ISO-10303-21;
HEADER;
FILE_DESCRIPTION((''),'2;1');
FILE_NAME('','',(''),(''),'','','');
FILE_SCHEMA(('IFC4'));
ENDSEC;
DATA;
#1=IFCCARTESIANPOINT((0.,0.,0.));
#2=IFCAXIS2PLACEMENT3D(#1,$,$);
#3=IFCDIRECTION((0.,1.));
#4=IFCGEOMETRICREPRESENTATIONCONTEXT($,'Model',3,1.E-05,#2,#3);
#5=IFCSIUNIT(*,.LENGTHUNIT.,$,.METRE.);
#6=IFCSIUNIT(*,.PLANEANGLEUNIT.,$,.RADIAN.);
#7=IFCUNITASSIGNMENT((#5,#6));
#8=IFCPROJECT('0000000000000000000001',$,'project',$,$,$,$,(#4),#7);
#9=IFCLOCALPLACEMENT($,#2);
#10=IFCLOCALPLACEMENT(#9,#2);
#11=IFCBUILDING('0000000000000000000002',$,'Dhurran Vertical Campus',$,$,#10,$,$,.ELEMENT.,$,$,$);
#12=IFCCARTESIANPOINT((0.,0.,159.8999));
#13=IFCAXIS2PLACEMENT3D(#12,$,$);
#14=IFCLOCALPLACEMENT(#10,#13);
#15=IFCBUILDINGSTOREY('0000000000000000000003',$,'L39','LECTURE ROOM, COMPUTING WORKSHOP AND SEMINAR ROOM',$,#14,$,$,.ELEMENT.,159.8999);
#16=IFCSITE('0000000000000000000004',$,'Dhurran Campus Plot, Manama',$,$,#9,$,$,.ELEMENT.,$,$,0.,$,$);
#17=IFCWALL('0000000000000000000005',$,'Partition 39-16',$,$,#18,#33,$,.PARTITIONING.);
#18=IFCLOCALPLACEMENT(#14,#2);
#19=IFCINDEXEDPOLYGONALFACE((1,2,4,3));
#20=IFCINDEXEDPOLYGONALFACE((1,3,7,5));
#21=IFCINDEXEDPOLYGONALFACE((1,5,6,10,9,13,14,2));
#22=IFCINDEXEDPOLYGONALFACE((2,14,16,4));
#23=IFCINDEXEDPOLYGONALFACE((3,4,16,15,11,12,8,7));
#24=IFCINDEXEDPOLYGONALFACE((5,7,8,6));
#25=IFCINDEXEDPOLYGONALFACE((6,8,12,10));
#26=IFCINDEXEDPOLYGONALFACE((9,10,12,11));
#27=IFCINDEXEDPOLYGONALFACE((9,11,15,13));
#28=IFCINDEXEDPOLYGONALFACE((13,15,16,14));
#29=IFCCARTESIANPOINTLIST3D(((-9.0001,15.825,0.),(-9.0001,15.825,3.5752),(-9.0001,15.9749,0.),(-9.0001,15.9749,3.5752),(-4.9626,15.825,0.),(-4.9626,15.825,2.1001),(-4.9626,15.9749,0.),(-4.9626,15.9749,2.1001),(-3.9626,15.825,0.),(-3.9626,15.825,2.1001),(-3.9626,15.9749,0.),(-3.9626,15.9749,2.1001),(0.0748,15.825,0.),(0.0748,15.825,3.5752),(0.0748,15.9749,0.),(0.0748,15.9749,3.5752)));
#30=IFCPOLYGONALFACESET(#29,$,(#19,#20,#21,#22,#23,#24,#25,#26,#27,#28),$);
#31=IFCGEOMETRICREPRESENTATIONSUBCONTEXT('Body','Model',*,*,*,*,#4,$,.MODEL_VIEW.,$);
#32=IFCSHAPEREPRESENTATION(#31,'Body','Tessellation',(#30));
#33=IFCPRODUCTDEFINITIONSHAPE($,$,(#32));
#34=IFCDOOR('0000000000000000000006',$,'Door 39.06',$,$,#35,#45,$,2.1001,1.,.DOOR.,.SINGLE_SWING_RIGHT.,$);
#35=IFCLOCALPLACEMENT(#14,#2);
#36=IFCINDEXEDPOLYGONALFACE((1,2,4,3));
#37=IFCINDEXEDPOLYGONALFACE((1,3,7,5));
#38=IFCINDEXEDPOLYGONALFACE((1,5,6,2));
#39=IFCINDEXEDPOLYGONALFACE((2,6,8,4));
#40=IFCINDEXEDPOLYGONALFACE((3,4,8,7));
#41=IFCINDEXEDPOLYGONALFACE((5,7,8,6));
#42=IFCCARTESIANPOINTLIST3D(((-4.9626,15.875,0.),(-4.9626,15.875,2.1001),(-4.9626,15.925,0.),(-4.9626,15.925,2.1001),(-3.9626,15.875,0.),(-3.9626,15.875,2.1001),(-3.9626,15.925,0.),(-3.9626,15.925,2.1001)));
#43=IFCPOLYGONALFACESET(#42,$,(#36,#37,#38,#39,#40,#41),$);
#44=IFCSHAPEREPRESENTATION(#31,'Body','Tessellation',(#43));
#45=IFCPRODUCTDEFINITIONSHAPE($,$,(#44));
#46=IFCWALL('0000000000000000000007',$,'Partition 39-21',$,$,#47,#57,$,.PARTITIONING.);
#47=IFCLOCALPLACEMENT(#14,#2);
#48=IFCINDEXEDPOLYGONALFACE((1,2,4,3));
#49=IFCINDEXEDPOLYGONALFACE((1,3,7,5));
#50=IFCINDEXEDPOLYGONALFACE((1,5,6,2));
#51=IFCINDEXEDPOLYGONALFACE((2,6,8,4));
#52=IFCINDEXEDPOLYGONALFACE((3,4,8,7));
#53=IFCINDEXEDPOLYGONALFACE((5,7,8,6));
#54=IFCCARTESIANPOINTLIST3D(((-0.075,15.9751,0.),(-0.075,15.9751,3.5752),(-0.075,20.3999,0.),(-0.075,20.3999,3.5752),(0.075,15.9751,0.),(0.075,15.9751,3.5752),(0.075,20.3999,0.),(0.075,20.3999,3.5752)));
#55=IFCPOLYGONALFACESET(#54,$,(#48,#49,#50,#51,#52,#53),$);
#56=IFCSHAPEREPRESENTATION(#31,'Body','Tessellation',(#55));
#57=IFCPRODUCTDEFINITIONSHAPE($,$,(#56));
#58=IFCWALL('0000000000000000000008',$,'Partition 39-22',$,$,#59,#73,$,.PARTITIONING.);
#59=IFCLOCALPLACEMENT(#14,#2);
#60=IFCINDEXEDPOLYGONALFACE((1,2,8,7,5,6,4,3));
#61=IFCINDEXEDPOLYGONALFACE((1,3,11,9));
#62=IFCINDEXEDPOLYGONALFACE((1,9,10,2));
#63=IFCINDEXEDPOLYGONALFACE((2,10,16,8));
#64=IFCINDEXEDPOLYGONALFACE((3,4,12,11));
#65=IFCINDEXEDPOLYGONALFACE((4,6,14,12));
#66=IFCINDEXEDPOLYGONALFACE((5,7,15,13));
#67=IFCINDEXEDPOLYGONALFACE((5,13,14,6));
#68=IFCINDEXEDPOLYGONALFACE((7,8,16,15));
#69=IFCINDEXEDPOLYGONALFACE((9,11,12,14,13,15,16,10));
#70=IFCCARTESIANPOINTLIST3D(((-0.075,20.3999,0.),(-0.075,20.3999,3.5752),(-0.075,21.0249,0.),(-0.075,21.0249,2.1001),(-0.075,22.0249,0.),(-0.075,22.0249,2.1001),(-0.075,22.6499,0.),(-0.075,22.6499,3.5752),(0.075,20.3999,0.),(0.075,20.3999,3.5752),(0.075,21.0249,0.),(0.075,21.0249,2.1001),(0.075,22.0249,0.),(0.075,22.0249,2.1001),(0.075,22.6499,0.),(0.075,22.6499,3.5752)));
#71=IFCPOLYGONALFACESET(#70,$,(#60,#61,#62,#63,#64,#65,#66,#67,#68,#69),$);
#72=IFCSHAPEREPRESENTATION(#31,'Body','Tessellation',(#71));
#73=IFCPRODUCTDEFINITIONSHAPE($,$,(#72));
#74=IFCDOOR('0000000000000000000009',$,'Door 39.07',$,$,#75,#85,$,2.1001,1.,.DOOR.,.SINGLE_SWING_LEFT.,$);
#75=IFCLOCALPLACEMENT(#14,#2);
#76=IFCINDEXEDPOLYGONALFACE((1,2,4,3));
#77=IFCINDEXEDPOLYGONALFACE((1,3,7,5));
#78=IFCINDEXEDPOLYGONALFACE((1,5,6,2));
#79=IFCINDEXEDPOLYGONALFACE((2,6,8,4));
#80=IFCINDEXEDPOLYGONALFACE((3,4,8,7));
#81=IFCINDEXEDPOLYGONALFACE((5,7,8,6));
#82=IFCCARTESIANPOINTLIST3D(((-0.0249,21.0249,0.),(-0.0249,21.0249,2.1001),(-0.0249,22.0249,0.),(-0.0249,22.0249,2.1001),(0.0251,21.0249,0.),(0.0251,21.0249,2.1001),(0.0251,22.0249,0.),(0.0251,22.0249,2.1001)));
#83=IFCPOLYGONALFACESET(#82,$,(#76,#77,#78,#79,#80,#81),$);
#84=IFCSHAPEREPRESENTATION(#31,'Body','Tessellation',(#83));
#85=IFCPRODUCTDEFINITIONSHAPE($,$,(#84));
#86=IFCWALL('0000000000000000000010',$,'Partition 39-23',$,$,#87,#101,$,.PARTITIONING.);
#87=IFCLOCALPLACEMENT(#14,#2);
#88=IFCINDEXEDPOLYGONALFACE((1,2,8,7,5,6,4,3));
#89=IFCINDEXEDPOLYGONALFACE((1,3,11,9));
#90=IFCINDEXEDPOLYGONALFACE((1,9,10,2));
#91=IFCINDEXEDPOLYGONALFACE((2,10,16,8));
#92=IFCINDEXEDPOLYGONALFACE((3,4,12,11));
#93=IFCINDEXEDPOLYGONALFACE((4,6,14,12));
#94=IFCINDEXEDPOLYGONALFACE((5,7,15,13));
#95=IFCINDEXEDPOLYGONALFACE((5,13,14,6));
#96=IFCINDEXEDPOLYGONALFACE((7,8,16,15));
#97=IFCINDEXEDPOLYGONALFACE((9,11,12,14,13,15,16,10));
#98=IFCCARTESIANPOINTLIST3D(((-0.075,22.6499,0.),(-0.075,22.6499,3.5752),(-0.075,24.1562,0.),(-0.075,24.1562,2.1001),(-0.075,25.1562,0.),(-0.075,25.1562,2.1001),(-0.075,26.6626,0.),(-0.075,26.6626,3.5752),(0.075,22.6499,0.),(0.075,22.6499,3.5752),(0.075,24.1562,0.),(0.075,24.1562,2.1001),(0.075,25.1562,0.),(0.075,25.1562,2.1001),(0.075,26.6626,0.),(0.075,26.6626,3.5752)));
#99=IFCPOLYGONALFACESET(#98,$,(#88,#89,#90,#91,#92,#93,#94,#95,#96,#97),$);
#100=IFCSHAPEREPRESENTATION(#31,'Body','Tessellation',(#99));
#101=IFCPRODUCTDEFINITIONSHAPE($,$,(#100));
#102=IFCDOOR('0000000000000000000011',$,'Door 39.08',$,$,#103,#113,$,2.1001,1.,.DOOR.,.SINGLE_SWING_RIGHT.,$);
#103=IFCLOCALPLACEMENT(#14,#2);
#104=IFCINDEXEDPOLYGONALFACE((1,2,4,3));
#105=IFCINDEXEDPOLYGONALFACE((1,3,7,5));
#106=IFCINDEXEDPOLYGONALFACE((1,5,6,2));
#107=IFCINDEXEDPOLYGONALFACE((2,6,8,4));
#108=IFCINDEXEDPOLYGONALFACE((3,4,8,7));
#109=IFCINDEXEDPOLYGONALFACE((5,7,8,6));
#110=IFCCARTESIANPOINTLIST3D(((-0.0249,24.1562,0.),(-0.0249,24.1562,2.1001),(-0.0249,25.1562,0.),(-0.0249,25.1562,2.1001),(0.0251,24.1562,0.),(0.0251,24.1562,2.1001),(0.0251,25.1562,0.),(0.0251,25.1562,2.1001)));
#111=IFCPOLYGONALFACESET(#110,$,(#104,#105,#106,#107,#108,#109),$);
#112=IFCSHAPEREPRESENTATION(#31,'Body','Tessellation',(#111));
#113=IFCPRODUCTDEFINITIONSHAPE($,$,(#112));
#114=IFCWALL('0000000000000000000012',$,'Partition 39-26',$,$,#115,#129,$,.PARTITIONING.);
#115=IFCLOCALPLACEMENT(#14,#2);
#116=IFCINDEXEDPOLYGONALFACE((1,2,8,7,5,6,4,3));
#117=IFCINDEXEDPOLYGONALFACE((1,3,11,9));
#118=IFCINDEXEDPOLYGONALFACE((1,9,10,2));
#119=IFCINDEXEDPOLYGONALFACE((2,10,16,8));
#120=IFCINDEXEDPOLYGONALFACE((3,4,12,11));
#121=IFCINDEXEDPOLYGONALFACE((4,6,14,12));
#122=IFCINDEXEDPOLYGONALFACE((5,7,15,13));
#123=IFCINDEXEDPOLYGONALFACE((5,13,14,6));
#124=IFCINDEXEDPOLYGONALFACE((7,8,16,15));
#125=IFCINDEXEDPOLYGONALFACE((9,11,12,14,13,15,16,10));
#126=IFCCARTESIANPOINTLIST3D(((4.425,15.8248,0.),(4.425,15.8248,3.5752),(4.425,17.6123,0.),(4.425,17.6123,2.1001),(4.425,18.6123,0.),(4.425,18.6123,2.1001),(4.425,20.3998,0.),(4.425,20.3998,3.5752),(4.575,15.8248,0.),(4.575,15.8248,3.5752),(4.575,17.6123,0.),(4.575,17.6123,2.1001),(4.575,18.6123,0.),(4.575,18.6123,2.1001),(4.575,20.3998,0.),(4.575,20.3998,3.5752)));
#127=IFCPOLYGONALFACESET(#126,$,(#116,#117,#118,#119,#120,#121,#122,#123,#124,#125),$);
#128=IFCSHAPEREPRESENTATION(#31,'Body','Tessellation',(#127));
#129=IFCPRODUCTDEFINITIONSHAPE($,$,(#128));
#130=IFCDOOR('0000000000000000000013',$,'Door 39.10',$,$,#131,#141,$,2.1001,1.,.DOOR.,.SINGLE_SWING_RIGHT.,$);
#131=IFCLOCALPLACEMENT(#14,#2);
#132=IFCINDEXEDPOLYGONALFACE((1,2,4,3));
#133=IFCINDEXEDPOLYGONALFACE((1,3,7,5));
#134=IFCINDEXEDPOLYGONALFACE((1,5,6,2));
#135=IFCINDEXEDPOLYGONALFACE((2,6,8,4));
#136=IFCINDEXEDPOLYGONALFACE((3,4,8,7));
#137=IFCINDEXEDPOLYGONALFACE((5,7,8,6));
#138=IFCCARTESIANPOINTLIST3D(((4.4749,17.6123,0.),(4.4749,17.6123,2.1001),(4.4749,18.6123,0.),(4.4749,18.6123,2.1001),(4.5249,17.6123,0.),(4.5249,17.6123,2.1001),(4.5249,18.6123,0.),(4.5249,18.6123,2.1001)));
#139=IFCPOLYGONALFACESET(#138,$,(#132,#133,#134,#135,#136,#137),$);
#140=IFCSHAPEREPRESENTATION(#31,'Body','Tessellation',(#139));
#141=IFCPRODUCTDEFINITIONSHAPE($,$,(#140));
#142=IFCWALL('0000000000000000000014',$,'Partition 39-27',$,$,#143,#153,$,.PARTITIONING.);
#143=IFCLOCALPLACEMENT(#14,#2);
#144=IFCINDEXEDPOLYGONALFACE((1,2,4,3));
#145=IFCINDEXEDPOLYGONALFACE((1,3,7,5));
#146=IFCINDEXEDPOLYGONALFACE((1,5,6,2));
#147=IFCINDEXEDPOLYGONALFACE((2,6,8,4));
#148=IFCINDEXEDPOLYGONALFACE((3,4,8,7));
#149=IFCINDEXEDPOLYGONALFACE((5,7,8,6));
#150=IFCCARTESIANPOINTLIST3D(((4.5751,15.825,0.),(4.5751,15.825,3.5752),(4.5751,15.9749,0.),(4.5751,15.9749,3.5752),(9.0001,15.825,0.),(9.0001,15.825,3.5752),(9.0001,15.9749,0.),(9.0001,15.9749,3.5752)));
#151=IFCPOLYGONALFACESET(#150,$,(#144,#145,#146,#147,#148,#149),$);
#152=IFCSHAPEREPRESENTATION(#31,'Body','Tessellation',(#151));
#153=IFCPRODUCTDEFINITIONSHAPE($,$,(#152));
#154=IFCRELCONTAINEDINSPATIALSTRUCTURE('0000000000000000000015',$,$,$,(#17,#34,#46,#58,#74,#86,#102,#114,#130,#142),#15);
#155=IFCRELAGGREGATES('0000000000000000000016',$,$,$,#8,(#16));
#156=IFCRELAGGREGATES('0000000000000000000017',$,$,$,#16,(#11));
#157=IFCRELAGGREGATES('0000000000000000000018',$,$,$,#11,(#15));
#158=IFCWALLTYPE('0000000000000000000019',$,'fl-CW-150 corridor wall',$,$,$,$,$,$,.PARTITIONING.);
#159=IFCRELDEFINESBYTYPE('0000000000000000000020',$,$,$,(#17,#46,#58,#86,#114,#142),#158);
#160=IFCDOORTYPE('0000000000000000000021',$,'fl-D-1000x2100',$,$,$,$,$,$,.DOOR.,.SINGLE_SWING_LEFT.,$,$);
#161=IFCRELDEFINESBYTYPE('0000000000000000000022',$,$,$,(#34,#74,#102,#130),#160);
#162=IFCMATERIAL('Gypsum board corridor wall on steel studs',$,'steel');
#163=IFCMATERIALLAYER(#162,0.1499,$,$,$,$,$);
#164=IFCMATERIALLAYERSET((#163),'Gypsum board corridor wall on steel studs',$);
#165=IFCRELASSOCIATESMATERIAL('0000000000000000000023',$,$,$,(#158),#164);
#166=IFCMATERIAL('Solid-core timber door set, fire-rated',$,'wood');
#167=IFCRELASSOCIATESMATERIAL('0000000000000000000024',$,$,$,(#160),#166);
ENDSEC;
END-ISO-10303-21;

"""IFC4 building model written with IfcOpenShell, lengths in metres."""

from ifc_helpers import new_model, si_unit, direction, frame, frame_2d, origin, place, context, subcontext, project, spatial, rectangle, extrude, material, layer, layer_set, type_object, element, fill, save


model = new_model("IFC4")

# Units and contexts
model_context = context("Model", 3, precision=1e-05, world=origin(), true_north=direction((0.0, 1.0)))
body_context = subcontext(model_context, "Body", "Model", "MODEL_VIEW")
ifc_project = project(units=[si_unit("LENGTHUNIT", "METRE"), si_unit("PLANEANGLEUNIT", "RADIAN")], contexts=[model_context])

# Site, building, storey
site_placement = place(None, origin())
site = spatial("IfcSite", under=ifc_project, at=site_placement, Name="Dhurran Campus Plot, Manama", CompositionType="ELEMENT", RefElevation=0.0)
building_placement = place(site_placement, origin())
building = spatial("IfcBuilding", under=site, at=building_placement, Name="Dhurran Vertical Campus", CompositionType="ELEMENT")
storey_placement = place(building_placement, frame((0.0, 0.0, 159.8999)))
storey = spatial("IfcBuildingStorey", under=building, at=storey_placement, Name="L39", Description="LECTURE ROOM, COMPUTING WORKSHOP AND SEMINAR ROOM", CompositionType="ELEMENT", Elevation=159.8999)

# Wall, opening, door
ifc_material_1 = material(Name="Gypsum board corridor wall on steel studs", Category="steel")
ifc_layer_1 = layer(ifc_material_1, 0.1499)
ifc_layer_set_1 = layer_set([ifc_layer_1], Name="Gypsum board corridor wall on steel studs")
wall_type_1 = type_object("IfcWallType", Name="fl-CW-150 corridor wall", PredefinedType="PARTITIONING", material=ifc_layer_set_1)
wall_1_placement = place(storey_placement, frame((0.075, 15.8999, 0.0), z_axis=(0.0, 0.0, 1.0), x_axis=(-1.0, 0.0, 0.0)))
wall_1 = element("IfcWall", 1, at=wall_1_placement, inside=storey, type_object=wall_type_1, Name="Partition 39-16", PredefinedType="PARTITIONING", context=body_context, shape_type="SweptSolid", body=[
    extrude(rectangle(XDim=9.075, YDim=0.1499, at=frame_2d((4.5376, 0.0))), origin(), (0.0, 0.0, 1.0), 3.5752),
])
opening_1_placement = place(wall_1_placement, frame((4.0376, 0.0, 0.0)))
opening_1 = element("IfcOpeningElement", 2, at=opening_1_placement, cuts=wall_1, PredefinedType="OPENING", context=body_context, shape_type="SweptSolid", body=[
    extrude(rectangle(XDim=1.0, YDim=2.1001, at=frame_2d((0.5, 1.05))), frame((0.0, 0.085, 0.0), z_axis=(0.0, -1.0, 0.0), x_axis=(1.0, 0.0, 0.0)), (0.0, 0.0, 1.0), 0.1699),
])
ifc_material_2 = material(Name="Solid-core timber door set, fire-rated", Category="wood")
door_type_1 = type_object("IfcDoorType", Name="fl-D-1000x2100", OperationType="SINGLE_SWING_LEFT", PredefinedType="DOOR", material=ifc_material_2)
door_1_placement = place(opening_1_placement, origin())
door_1 = element("IfcDoor", 3, at=door_1_placement, inside=storey, type_object=door_type_1, Name="Door 39.06", OperationType="SINGLE_SWING_RIGHT", OverallHeight=2.1001, OverallWidth=1.0, PredefinedType="DOOR", context=body_context, shape_type="SweptSolid", body=[
    extrude(rectangle(XDim=1.0, YDim=2.1001, at=frame_2d((0.5, 1.05))), frame((0.0, 0.0249, 0.0), z_axis=(0.0, -1.0, 0.0), x_axis=(1.0, 0.0, 0.0)), (0.0, 0.0, 1.0), 0.05),
])
fill(opening_1, door_1)

# Wall
wall_2_placement = place(storey_placement, frame((0.0, 15.9751, 0.0), z_axis=(0.0, 0.0, 1.0), x_axis=(0.0, 1.0, 0.0)))
element("IfcWall", 4, at=wall_2_placement, inside=storey, type_object=wall_type_1, Name="Partition 39-21", PredefinedType="PARTITIONING", context=body_context, shape_type="SweptSolid", body=[
    extrude(rectangle(XDim=4.4248, YDim=0.1499, at=frame_2d((2.2124, 0.0))), origin(), (0.0, 0.0, 1.0), 3.5752),
])

# Walls, openings, doors
wall_3_placement = place(storey_placement, frame((0.0, 20.3999, 0.0), z_axis=(0.0, 0.0, 1.0), x_axis=(0.0, 1.0, 0.0)))
wall_3 = element("IfcWall", 5, at=wall_3_placement, inside=storey, type_object=wall_type_1, Name="Partition 39-22", PredefinedType="PARTITIONING", context=body_context, shape_type="SweptSolid", body=[
    extrude(rectangle(XDim=2.25, YDim=0.1499, at=frame_2d((1.125, 0.0))), origin(), (0.0, 0.0, 1.0), 3.5752),
])
opening_2_placement = place(wall_3_placement, frame((0.625, 0.0, 0.0)))
opening_2 = element("IfcOpeningElement", 6, at=opening_2_placement, cuts=wall_3, PredefinedType="OPENING", context=body_context, shape_type="SweptSolid", body=[
    extrude(rectangle(XDim=1.0, YDim=2.1001, at=frame_2d((0.5, 1.05))), frame((0.0, 0.085, 0.0), z_axis=(0.0, -1.0, 0.0), x_axis=(1.0, 0.0, 0.0)), (0.0, 0.0, 1.0), 0.1699),
])
door_2_placement = place(opening_2_placement, origin())
door_2 = element("IfcDoor", 7, at=door_2_placement, inside=storey, type_object=door_type_1, Name="Door 39.07", OperationType="SINGLE_SWING_LEFT", OverallHeight=2.1001, OverallWidth=1.0, PredefinedType="DOOR", context=body_context, shape_type="SweptSolid", body=[
    extrude(rectangle(XDim=1.0, YDim=2.1001, at=frame_2d((0.5, 1.05))), frame((0.0, 0.0249, 0.0), z_axis=(0.0, -1.0, 0.0), x_axis=(1.0, 0.0, 0.0)), (0.0, 0.0, 1.0), 0.05),
])
fill(opening_2, door_2)
wall_4_placement = place(storey_placement, frame((0.0, 22.6499, 0.0), z_axis=(0.0, 0.0, 1.0), x_axis=(0.0, 1.0, 0.0)))
wall_4 = element("IfcWall", 8, at=wall_4_placement, inside=storey, type_object=wall_type_1, Name="Partition 39-23", PredefinedType="PARTITIONING", context=body_context, shape_type="SweptSolid", body=[
    extrude(rectangle(XDim=4.0127, YDim=0.1499, at=frame_2d((2.0063, 0.0))), origin(), (0.0, 0.0, 1.0), 3.5752),
])
opening_3_placement = place(wall_4_placement, frame((1.5063, 0.0, 0.0)))
opening_3 = element("IfcOpeningElement", 9, at=opening_3_placement, cuts=wall_4, PredefinedType="OPENING", context=body_context, shape_type="SweptSolid", body=[
    extrude(rectangle(XDim=1.0, YDim=2.1001, at=frame_2d((0.5, 1.05))), frame((0.0, 0.085, 0.0), z_axis=(0.0, -1.0, 0.0), x_axis=(1.0, 0.0, 0.0)), (0.0, 0.0, 1.0), 0.1699),
])
door_3_placement = place(opening_3_placement, origin())
door_3 = element("IfcDoor", 10, at=door_3_placement, inside=storey, type_object=door_type_1, Name="Door 39.08", OperationType="SINGLE_SWING_RIGHT", OverallHeight=2.1001, OverallWidth=1.0, PredefinedType="DOOR", context=body_context, shape_type="SweptSolid", body=[
    extrude(rectangle(XDim=1.0, YDim=2.1001, at=frame_2d((0.5, 1.05))), frame((0.0, 0.0249, 0.0), z_axis=(0.0, -1.0, 0.0), x_axis=(1.0, 0.0, 0.0)), (0.0, 0.0, 1.0), 0.05),
])
fill(opening_3, door_3)
wall_5_placement = place(storey_placement, frame((4.5, 20.3999, 0.0), z_axis=(0.0, 0.0, 1.0), x_axis=(0.0, -1.0, 0.0)))
wall_5 = element("IfcWall", 11, at=wall_5_placement, inside=storey, type_object=wall_type_1, Name="Partition 39-26", PredefinedType="PARTITIONING", context=body_context, shape_type="SweptSolid", body=[
    extrude(rectangle(XDim=4.575, YDim=0.1499, at=frame_2d((2.2876, 0.0))), origin(), (0.0, 0.0, 1.0), 3.5752),
])
opening_4_placement = place(wall_5_placement, frame((1.7876, 0.0, 0.0)))
opening_4 = element("IfcOpeningElement", 12, at=opening_4_placement, cuts=wall_5, PredefinedType="OPENING", context=body_context, shape_type="SweptSolid", body=[
    extrude(rectangle(XDim=1.0, YDim=2.1001, at=frame_2d((0.5, 1.05))), frame((0.0, 0.085, 0.0), z_axis=(0.0, -1.0, 0.0), x_axis=(1.0, 0.0, 0.0)), (0.0, 0.0, 1.0), 0.1699),
])
door_4_placement = place(opening_4_placement, origin())
door_4 = element("IfcDoor", 13, at=door_4_placement, inside=storey, type_object=door_type_1, Name="Door 39.10", OperationType="SINGLE_SWING_RIGHT", OverallHeight=2.1001, OverallWidth=1.0, PredefinedType="DOOR", context=body_context, shape_type="SweptSolid", body=[
    extrude(rectangle(XDim=1.0, YDim=2.1001, at=frame_2d((0.5, 1.05))), frame((0.0, 0.0249, 0.0), z_axis=(0.0, -1.0, 0.0), x_axis=(1.0, 0.0, 0.0)), (0.0, 0.0, 1.0), 0.05),
])
fill(opening_4, door_4)

# Wall
wall_6_placement = place(storey_placement, frame((9.0, 15.8999, 0.0), z_axis=(0.0, 0.0, 1.0), x_axis=(-1.0, 0.0, 0.0)))
element("IfcWall", 14, at=wall_6_placement, inside=storey, type_object=wall_type_1, Name="Partition 39-27", PredefinedType="PARTITIONING", context=body_context, shape_type="SweptSolid", body=[
    extrude(rectangle(XDim=4.425, YDim=0.1499, at=frame_2d((2.2124, 0.0))), origin(), (0.0, 0.0, 1.0), 3.5752),
])

save(model, "model.ifc")
